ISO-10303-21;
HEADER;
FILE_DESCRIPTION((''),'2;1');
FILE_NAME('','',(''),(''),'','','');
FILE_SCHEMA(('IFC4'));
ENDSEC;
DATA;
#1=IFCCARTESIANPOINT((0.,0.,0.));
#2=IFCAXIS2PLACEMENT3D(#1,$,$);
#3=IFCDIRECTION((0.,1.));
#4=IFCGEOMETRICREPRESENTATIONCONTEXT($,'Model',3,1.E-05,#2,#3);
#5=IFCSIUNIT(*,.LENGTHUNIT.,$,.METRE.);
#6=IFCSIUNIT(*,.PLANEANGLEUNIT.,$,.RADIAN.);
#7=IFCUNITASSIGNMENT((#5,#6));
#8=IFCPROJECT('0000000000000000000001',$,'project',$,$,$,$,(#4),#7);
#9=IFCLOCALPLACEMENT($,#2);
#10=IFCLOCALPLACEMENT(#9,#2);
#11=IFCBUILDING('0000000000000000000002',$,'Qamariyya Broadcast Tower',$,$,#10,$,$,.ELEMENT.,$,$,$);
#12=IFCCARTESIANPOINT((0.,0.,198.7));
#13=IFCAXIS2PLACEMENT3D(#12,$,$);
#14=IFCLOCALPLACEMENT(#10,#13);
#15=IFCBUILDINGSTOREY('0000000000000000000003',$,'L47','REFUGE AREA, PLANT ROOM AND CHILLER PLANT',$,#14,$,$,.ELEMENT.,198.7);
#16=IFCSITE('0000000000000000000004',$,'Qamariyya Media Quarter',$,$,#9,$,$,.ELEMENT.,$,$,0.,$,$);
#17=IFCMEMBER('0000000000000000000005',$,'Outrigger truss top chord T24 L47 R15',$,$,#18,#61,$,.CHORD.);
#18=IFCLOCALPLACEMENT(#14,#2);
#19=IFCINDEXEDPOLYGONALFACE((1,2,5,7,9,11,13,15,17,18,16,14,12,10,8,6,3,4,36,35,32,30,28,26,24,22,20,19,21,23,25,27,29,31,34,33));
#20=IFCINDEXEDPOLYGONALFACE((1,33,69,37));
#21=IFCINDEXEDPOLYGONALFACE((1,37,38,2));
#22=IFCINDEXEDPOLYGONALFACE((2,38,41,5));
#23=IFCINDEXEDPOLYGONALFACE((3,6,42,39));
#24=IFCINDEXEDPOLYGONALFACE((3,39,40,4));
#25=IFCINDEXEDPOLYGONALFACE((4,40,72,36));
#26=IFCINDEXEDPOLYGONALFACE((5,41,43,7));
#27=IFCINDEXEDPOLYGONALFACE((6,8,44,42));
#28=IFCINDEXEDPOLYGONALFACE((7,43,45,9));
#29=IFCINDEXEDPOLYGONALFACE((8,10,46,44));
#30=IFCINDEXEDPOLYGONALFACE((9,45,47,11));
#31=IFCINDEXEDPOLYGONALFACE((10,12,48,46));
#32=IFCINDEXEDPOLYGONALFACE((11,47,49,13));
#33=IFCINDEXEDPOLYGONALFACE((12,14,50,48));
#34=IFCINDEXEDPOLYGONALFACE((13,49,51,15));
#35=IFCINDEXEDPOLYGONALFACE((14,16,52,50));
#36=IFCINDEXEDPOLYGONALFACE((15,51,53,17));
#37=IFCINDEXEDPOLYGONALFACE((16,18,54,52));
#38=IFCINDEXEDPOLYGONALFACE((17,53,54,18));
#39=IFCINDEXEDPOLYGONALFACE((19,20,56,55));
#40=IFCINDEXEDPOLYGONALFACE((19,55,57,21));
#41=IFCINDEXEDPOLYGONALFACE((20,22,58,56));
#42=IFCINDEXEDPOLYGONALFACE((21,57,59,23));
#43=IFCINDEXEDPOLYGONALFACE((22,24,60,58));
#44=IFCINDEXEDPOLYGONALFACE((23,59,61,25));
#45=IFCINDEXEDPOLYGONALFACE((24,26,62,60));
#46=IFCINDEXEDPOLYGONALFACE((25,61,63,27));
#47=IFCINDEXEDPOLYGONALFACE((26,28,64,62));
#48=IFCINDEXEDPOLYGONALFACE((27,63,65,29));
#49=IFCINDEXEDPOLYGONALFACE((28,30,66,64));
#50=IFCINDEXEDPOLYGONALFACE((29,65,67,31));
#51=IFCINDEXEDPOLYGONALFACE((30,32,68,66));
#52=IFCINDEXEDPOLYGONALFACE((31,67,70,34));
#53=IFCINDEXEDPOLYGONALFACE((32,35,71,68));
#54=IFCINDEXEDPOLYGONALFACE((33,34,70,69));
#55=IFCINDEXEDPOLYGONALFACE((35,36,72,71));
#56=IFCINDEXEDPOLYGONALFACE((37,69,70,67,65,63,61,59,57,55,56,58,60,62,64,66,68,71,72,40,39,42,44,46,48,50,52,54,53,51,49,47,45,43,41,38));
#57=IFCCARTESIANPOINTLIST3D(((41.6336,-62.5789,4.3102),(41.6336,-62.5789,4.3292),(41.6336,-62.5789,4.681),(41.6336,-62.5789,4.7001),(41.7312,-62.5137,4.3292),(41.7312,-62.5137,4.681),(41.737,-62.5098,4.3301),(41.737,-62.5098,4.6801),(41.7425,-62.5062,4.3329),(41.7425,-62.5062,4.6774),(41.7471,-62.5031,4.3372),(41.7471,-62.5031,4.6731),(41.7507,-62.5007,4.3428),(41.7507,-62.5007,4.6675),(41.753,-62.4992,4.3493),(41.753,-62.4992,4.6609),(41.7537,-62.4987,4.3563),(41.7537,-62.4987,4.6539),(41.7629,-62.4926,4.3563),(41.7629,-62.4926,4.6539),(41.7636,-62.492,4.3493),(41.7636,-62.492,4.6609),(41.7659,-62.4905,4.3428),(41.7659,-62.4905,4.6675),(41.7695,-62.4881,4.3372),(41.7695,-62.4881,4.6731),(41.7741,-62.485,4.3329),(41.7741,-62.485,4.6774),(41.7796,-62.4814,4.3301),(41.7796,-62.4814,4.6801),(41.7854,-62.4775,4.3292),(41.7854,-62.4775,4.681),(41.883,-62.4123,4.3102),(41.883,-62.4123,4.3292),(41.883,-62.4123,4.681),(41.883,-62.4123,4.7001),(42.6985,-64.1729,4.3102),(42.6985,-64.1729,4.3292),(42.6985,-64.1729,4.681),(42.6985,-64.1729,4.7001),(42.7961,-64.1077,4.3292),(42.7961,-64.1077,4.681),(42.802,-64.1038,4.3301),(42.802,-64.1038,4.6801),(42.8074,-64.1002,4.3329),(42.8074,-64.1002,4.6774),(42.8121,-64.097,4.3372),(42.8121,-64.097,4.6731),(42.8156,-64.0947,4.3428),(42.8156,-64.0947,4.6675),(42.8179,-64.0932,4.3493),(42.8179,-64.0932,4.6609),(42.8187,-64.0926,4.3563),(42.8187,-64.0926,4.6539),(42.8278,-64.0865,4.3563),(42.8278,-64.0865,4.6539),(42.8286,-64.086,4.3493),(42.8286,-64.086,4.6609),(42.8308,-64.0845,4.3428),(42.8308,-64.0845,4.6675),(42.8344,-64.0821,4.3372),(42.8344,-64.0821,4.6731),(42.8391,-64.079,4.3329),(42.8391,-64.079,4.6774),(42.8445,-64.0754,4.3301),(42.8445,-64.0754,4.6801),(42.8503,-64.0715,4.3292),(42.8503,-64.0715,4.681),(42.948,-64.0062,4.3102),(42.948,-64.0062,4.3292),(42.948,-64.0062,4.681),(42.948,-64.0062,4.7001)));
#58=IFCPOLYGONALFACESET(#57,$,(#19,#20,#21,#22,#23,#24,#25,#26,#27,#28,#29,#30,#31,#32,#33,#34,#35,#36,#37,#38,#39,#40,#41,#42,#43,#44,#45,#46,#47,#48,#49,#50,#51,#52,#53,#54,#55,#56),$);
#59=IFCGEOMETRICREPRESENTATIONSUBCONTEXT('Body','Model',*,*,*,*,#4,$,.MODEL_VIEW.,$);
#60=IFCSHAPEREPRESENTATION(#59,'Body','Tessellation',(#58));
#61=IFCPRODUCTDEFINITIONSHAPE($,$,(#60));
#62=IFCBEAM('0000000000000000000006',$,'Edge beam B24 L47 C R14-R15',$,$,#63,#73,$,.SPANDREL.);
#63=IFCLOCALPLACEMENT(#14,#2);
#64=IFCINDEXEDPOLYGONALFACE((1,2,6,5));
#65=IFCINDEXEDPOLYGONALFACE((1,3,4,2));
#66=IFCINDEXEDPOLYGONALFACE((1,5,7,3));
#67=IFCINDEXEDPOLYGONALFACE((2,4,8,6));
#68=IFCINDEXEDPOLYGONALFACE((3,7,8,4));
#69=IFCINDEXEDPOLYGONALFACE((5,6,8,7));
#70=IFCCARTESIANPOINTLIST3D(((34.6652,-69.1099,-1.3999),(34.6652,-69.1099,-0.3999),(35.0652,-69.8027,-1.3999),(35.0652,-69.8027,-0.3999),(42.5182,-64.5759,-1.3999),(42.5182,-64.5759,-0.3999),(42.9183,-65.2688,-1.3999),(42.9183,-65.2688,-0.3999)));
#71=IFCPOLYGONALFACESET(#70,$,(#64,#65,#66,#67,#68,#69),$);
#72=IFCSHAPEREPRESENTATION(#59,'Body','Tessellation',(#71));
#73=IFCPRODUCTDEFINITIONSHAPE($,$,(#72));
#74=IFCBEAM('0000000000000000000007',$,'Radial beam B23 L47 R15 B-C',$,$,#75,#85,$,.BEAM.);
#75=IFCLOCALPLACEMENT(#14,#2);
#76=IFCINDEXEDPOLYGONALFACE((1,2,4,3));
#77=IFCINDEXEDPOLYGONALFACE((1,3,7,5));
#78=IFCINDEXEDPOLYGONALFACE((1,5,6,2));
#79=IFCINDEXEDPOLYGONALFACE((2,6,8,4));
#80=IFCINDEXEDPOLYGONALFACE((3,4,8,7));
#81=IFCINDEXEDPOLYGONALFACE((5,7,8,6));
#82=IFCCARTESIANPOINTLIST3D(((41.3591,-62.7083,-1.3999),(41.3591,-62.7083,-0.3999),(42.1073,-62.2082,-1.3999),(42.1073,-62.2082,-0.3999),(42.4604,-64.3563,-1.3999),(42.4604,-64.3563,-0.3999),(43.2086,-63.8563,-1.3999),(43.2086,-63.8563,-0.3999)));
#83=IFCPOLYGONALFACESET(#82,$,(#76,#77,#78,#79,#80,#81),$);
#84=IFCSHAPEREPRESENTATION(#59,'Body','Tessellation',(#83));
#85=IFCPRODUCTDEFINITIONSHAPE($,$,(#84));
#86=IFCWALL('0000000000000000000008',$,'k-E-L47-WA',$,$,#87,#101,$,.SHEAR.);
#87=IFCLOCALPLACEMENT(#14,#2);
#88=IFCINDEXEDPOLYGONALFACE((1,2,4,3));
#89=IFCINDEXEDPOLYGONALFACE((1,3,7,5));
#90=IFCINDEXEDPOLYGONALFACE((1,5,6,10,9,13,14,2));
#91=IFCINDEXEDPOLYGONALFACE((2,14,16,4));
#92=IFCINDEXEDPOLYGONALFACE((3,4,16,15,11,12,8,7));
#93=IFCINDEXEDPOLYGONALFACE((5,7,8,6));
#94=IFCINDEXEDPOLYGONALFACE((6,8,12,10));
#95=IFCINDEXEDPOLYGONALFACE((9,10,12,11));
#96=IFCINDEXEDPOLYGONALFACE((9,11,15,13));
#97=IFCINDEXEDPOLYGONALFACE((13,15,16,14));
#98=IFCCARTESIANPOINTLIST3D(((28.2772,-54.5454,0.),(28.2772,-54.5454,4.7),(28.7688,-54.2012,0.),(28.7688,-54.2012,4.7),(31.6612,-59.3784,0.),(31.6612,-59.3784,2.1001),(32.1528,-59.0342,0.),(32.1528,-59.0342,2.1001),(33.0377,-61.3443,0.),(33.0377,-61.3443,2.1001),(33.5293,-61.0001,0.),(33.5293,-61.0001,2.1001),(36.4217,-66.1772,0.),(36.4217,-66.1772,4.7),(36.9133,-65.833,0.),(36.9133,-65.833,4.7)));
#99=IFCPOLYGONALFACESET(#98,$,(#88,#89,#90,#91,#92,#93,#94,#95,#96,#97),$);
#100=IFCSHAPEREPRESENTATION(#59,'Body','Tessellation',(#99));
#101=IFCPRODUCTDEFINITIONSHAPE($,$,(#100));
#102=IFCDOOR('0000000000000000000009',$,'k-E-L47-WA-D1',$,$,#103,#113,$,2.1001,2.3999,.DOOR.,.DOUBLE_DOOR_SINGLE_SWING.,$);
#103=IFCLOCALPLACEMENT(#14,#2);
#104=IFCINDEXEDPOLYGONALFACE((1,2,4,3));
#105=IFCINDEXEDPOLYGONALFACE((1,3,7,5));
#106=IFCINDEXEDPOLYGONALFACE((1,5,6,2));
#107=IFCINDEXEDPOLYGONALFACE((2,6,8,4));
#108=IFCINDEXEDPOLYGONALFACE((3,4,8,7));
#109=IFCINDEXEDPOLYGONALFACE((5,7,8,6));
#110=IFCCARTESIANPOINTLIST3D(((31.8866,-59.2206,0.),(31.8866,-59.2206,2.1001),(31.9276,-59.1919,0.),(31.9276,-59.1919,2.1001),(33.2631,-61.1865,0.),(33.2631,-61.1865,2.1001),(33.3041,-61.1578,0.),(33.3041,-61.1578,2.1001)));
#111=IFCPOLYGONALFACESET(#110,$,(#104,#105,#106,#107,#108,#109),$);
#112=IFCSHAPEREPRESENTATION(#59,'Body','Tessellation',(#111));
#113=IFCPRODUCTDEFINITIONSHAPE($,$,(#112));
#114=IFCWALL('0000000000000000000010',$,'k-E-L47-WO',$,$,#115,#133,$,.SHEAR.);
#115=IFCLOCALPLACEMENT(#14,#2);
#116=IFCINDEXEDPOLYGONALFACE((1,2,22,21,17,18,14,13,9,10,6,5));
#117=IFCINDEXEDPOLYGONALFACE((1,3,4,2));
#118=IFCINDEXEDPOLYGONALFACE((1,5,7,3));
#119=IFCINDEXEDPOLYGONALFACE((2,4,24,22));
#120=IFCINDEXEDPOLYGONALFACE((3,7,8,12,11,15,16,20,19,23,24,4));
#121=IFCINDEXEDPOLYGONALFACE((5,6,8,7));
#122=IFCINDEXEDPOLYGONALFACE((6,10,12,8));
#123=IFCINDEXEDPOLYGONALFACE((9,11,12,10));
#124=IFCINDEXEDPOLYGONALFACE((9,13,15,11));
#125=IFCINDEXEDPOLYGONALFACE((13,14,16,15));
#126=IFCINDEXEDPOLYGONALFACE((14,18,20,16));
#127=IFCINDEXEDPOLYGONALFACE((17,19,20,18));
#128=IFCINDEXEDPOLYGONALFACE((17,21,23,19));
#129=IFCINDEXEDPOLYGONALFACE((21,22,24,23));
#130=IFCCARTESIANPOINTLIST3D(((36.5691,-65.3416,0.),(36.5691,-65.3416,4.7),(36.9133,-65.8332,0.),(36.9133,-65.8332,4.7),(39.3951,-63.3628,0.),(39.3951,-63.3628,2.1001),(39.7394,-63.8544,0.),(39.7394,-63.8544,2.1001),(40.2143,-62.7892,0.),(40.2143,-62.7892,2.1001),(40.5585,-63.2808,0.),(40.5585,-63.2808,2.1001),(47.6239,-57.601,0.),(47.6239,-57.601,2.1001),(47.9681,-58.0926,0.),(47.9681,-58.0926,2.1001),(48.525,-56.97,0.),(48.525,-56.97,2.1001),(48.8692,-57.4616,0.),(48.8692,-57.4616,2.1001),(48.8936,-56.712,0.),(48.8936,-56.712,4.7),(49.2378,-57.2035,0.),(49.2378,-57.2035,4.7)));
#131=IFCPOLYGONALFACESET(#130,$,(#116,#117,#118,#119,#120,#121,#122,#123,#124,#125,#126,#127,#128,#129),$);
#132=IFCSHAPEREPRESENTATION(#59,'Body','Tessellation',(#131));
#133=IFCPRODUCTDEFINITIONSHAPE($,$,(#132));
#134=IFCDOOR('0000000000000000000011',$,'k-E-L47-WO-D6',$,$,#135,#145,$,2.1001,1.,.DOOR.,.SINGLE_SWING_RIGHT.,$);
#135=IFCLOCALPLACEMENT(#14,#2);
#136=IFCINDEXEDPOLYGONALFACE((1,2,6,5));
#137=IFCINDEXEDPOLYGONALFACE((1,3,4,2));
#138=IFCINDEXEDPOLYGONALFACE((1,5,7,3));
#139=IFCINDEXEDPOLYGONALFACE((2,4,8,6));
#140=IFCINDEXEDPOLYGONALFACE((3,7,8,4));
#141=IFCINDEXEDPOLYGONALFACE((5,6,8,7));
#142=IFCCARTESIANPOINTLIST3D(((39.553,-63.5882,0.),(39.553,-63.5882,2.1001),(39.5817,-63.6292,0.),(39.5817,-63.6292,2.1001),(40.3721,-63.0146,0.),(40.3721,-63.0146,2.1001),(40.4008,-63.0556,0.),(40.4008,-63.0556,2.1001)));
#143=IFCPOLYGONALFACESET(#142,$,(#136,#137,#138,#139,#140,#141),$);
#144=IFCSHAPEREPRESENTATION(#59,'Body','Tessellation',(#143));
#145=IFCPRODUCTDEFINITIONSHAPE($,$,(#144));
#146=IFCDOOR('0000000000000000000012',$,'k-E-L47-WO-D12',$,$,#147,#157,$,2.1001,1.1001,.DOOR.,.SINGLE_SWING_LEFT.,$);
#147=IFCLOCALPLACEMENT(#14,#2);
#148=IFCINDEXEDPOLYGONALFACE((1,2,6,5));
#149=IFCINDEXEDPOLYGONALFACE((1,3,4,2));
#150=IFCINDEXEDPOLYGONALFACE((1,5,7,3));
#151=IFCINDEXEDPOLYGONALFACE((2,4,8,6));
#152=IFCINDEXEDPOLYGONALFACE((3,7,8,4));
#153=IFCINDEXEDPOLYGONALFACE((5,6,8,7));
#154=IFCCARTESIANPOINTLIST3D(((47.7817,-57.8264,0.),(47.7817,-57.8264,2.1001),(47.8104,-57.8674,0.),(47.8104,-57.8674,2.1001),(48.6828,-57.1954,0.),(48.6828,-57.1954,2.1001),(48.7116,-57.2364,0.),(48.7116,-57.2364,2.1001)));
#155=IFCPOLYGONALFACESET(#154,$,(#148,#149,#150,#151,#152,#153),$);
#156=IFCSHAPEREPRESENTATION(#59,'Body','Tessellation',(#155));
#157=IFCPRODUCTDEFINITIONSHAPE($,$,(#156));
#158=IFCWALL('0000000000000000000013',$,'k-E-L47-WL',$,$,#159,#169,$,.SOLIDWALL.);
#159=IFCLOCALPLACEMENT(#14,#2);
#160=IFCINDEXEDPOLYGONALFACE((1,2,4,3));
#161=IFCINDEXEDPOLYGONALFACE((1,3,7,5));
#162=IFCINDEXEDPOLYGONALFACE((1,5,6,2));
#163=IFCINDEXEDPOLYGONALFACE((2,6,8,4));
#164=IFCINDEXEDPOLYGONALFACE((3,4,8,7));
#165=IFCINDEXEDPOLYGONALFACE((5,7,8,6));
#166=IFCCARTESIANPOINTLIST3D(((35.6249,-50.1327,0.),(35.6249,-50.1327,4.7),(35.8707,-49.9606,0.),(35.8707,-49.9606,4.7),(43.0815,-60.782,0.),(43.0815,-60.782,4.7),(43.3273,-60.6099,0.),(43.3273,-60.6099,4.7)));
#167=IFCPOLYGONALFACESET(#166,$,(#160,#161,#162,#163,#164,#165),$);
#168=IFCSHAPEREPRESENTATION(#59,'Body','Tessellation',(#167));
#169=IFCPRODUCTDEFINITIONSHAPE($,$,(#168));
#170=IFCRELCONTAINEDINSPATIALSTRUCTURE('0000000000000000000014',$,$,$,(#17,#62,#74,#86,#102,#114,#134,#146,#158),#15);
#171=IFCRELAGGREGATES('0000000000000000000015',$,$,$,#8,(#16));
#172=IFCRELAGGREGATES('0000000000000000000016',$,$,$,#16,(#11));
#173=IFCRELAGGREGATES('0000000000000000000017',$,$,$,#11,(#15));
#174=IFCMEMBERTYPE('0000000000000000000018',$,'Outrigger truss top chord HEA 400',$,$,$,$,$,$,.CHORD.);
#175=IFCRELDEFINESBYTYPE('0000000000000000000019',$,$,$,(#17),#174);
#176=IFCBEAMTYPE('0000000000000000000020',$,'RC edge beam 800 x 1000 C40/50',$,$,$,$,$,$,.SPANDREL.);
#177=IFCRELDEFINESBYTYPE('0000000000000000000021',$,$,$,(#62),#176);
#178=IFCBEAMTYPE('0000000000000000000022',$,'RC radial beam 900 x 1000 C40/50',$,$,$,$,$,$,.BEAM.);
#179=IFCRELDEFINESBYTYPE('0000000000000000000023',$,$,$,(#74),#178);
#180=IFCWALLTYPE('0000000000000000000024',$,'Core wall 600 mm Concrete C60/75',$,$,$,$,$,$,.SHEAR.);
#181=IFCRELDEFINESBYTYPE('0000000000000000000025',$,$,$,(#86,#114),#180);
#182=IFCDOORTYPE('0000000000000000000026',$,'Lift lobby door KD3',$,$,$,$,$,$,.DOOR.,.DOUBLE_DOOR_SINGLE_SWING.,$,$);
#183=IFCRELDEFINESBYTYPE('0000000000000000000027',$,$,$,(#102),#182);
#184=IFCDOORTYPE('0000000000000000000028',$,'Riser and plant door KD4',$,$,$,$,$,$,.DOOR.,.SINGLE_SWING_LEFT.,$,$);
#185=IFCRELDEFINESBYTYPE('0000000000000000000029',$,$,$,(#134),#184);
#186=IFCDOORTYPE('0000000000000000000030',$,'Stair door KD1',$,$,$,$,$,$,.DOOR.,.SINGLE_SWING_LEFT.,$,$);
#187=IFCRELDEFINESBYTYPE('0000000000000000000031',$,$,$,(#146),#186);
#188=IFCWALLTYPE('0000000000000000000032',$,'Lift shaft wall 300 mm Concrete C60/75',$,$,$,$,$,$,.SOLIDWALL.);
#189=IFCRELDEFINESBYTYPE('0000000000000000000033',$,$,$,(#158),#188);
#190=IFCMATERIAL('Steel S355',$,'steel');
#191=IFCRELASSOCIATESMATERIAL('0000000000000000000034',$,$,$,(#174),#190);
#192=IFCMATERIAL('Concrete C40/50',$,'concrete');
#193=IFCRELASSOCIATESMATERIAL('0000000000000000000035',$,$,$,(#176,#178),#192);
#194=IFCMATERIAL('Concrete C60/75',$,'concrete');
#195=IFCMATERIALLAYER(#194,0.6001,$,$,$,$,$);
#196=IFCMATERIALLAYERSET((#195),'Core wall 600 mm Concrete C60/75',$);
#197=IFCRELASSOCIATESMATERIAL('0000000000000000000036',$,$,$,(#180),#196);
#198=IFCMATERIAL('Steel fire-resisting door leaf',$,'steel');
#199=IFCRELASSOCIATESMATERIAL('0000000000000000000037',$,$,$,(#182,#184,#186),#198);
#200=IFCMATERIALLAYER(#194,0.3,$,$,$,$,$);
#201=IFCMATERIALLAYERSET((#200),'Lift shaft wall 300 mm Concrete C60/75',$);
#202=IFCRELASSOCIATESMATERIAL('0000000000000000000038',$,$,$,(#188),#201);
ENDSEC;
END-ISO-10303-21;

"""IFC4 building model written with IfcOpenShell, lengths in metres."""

from ifc_helpers import new_model, si_unit, direction, frame, frame_2d, origin, origin_2d, place, context, subcontext, project, spatial, rectangle, i_section, extrude, material, layer, layer_set, material_profile, profile_set, type_object, element, fill, save


model = new_model("IFC4")

# Units and contexts
model_context = context("Model", 3, precision=1e-05, world=origin(), true_north=direction((0.0, 1.0)))
body_context = subcontext(model_context, "Body", "Model", "MODEL_VIEW")
ifc_project = project(units=[si_unit("LENGTHUNIT", "METRE"), si_unit("PLANEANGLEUNIT", "RADIAN")], contexts=[model_context])

# Site, building, storey
site_placement = place(None, origin())
site = spatial("IfcSite", under=ifc_project, at=site_placement, Name="Qamariyya Media Quarter", CompositionType="ELEMENT", RefElevation=0.0)
building_placement = place(site_placement, origin())
building = spatial("IfcBuilding", under=site, at=building_placement, Name="Qamariyya Broadcast Tower", CompositionType="ELEMENT")
storey_placement = place(building_placement, frame((0.0, 0.0, 198.7)))
storey = spatial("IfcBuildingStorey", under=building, at=storey_placement, Name="L47", Description="REFUGE AREA, PLANT ROOM AND CHILLER PLANT", CompositionType="ELEMENT", Elevation=198.7)

# Shared definitions
ifc_material_1 = material(Name="Concrete C60/75", Category="concrete")

# Member
ifc_material_2 = material(Name="Steel S355", Category="steel")
ifc_material_profile_1 = material_profile(ifc_material_2, i_section(OverallWidth=0.3, OverallDepth=0.3899, WebThickness=0.011, FlangeThickness=0.019, FilletRadius=0.0271, at=origin_2d()))
ifc_profile_set_1 = profile_set([ifc_material_profile_1], Name="Steel S355")
member_type_1 = type_object("IfcMemberType", Name="Outrigger truss top chord HEA 400", PredefinedType="CHORD", material=ifc_profile_set_1)
member_1_placement = place(storey_placement, frame((41.7583, -62.4956, 4.5051), z_axis=(0.555523, -0.831501, 0.0), x_axis=(0.831501, 0.555523, 0.0)))
element("IfcMember", 1, at=member_1_placement, inside=storey, type_object=member_type_1, Name="Outrigger truss top chord T24 L47 R15", PredefinedType="CHORD", context=body_context, shape_type="SweptSolid", body=[
    extrude(i_section(OverallWidth=0.3, OverallDepth=0.3899, WebThickness=0.011, FlangeThickness=0.019, FilletRadius=0.0271, at=origin_2d()), origin(), (0.0, 0.0, 1.0), 1.917),
])

# Beams
ifc_material_3 = material(Name="Concrete C40/50", Category="concrete")
ifc_material_profile_2 = material_profile(ifc_material_3, rectangle(XDim=0.8, YDim=1.0, at=origin_2d()))
ifc_profile_set_2 = profile_set([ifc_material_profile_2], Name="Concrete C40/50")
beam_type_1 = type_object("IfcBeamType", Name="RC edge beam 800 x 1000 C40/50", PredefinedType="SPANDREL", material=ifc_profile_set_2)
beam_1_placement = place(storey_placement, frame((34.8652, -69.4563, -0.8999), z_axis=(0.866026, 0.499999, 0.0), x_axis=(-0.499999, 0.866026, 0.0)))
element("IfcBeam", 2, at=beam_1_placement, inside=storey, type_object=beam_type_1, Name="Edge beam B24 L47 C R14-R15", PredefinedType="SPANDREL", context=body_context, shape_type="SweptSolid", body=[
    extrude(rectangle(XDim=0.8, YDim=1.0, at=origin_2d()), origin(), (0.0, 0.0, 1.0), 9.0679),
])
ifc_material_profile_3 = material_profile(ifc_material_3, rectangle(XDim=0.8999, YDim=1.0, at=origin_2d()))
ifc_profile_set_3 = profile_set([ifc_material_profile_3], Name="Concrete C40/50")
beam_type_2 = type_object("IfcBeamType", Name="RC radial beam 900 x 1000 C40/50", PredefinedType="BEAM", material=ifc_profile_set_3)
beam_2_placement = place(storey_placement, frame((41.7332, -62.4583, -0.8999), z_axis=(0.555638, -0.831424, 0.0), x_axis=(0.831424, 0.555638, 0.0)))
element("IfcBeam", 3, at=beam_2_placement, inside=storey, type_object=beam_type_2, Name="Radial beam B23 L47 R15 B-C", PredefinedType="BEAM", context=body_context, shape_type="SweptSolid", body=[
    extrude(rectangle(XDim=0.8999, YDim=1.0, at=origin_2d()), origin(), (0.0, 0.0, 1.0), 1.9822),
])

# Wall, opening, door
ifc_layer_1 = layer(ifc_material_1, 0.6001)
ifc_layer_set_1 = layer_set([ifc_layer_1], Name="Core wall 600 mm Concrete C60/75")
wall_type_1 = type_object("IfcWallType", Name="Core wall 600 mm Concrete C60/75", PredefinedType="SHEAR", material=ifc_layer_set_1)
wall_1_placement = place(storey_placement, frame((36.6675, -66.0051, 0.0), z_axis=(0.0, 0.0, 1.0), x_axis=(-0.573568, 0.819158, 0.0)))
wall_1 = element("IfcWall", 4, at=wall_1_placement, inside=storey, type_object=wall_type_1, Name="k-E-L47-WA", PredefinedType="SHEAR", context=body_context, shape_type="SweptSolid", body=[
    extrude(rectangle(XDim=14.1997, YDim=0.6001, at=frame_2d((7.0999, 0.0))), origin(), (0.0, 0.0, 1.0), 4.7),
])
opening_1_placement = place(wall_1_placement, frame((5.8999, 0.0, 0.0)))
opening_1 = element("IfcOpeningElement", 5, at=opening_1_placement, cuts=wall_1, PredefinedType="OPENING", context=body_context, shape_type="SweptSolid", body=[
    extrude(rectangle(XDim=2.3999, YDim=2.1001, at=frame_2d((1.2, 1.05))), frame((0.0, 0.3101, 0.0), z_axis=(0.0, -1.0, 0.0), x_axis=(1.0, 0.0, 0.0)), (0.0, 0.0, 1.0), 0.6201),
])
ifc_material_4 = material(Name="Steel fire-resisting door leaf", Category="steel")
door_type_1 = type_object("IfcDoorType", Name="Lift lobby door KD3", OperationType="DOUBLE_DOOR_SINGLE_SWING", PredefinedType="DOOR", material=ifc_material_4)
door_1_placement = place(opening_1_placement, origin())
door_1 = element("IfcDoor", 6, at=door_1_placement, inside=storey, type_object=door_type_1, Name="k-E-L47-WA-D1", OperationType="DOUBLE_DOOR_SINGLE_SWING", OverallHeight=2.1001, OverallWidth=2.3999, PredefinedType="DOOR", context=body_context, shape_type="SweptSolid", body=[
    extrude(rectangle(XDim=2.3999, YDim=2.1001, at=frame_2d((1.2, 1.05))), frame((0.0, 0.0249, 0.0), z_axis=(0.0, -1.0, 0.0), x_axis=(1.0, 0.0, 0.0)), (0.0, 0.0, 1.0), 0.05),
])
fill(opening_1, door_1)

# Wall, openings, doors
wall_2_placement = place(storey_placement, frame((36.7412, -65.5874, 0.0), z_axis=(0.0, 0.0, 1.0), x_axis=(0.819153, 0.573575, 0.0)))
wall_2 = element("IfcWall", 7, at=wall_2_placement, inside=storey, type_object=wall_type_1, Name="k-E-L47-WO", PredefinedType="SHEAR", context=body_context, shape_type="SweptSolid", body=[
    extrude(rectangle(XDim=15.0454, YDim=0.6001, at=frame_2d((7.5227, 0.0))), origin(), (0.0, 0.0, 1.0), 4.7),
])
opening_2_placement = place(wall_2_placement, frame((3.45, 0.0, 0.0)))
opening_2 = element("IfcOpeningElement", 8, at=opening_2_placement, cuts=wall_2, PredefinedType="OPENING", context=body_context, shape_type="SweptSolid", body=[
    extrude(rectangle(XDim=1.0, YDim=2.1001, at=frame_2d((0.5, 1.05))), frame((0.0, 0.3101, 0.0), z_axis=(0.0, -1.0, 0.0), x_axis=(1.0, 0.0, 0.0)), (0.0, 0.0, 1.0), 0.6201),
])
opening_3_placement = place(wall_2_placement, frame((13.4954, 0.0, 0.0)))
opening_3 = element("IfcOpeningElement", 9, at=opening_3_placement, cuts=wall_2, PredefinedType="OPENING", context=body_context, shape_type="SweptSolid", body=[
    extrude(rectangle(XDim=1.1001, YDim=2.1001, at=frame_2d((0.55, 1.05))), frame((0.0, 0.3101, 0.0), z_axis=(0.0, -1.0, 0.0), x_axis=(1.0, 0.0, 0.0)), (0.0, 0.0, 1.0), 0.6201),
])
door_type_2 = type_object("IfcDoorType", Name="Riser and plant door KD4", OperationType="SINGLE_SWING_LEFT", PredefinedType="DOOR", material=ifc_material_4)
door_2_placement = place(opening_2_placement, origin())
door_2 = element("IfcDoor", 10, at=door_2_placement, inside=storey, type_object=door_type_2, Name="k-E-L47-WO-D6", OperationType="SINGLE_SWING_RIGHT", OverallHeight=2.1001, OverallWidth=1.0, PredefinedType="DOOR", context=body_context, shape_type="SweptSolid", body=[
    extrude(rectangle(XDim=1.0, YDim=2.1001, at=frame_2d((0.5, 1.05))), frame((0.0, 0.0249, 0.0), z_axis=(0.0, -1.0, 0.0), x_axis=(1.0, 0.0, 0.0)), (0.0, 0.0, 1.0), 0.05),
])
fill(opening_2, door_2)
door_type_3 = type_object("IfcDoorType", Name="Stair door KD1", OperationType="SINGLE_SWING_LEFT", PredefinedType="DOOR", material=ifc_material_4)
door_3_placement = place(opening_3_placement, origin())
door_3 = element("IfcDoor", 11, at=door_3_placement, inside=storey, type_object=door_type_3, Name="k-E-L47-WO-D12", OperationType="SINGLE_SWING_LEFT", OverallHeight=2.1001, OverallWidth=1.1001, PredefinedType="DOOR", context=body_context, shape_type="SweptSolid", body=[
    extrude(rectangle(XDim=1.1001, YDim=2.1001, at=frame_2d((0.55, 1.05))), frame((0.0, 0.0249, 0.0), z_axis=(0.0, -1.0, 0.0), x_axis=(1.0, 0.0, 0.0)), (0.0, 0.0, 1.0), 0.05),
])
fill(opening_3, door_3)

# Wall
ifc_layer_2 = layer(ifc_material_1, 0.3)
ifc_layer_set_2 = layer_set([ifc_layer_2], Name="Lift shaft wall 300 mm Concrete C60/75")
wall_type_2 = type_object("IfcWallType", Name="Lift shaft wall 300 mm Concrete C60/75", PredefinedType="SOLIDWALL", material=ifc_layer_set_2)
wall_3_placement = place(storey_placement, frame((43.2043, -60.6958, 0.0), z_axis=(0.0, 0.0, 1.0), x_axis=(-0.573572, 0.819155, 0.0)))
element("IfcWall", 12, at=wall_3_placement, inside=storey, type_object=wall_type_2, Name="k-E-L47-WL", PredefinedType="SOLIDWALL", context=body_context, shape_type="SweptSolid", body=[
    extrude(rectangle(XDim=13.0002, YDim=0.3, at=frame_2d((6.5, 0.0))), origin(), (0.0, 0.0, 1.0), 4.7),
])

save(model, "model.ifc")
